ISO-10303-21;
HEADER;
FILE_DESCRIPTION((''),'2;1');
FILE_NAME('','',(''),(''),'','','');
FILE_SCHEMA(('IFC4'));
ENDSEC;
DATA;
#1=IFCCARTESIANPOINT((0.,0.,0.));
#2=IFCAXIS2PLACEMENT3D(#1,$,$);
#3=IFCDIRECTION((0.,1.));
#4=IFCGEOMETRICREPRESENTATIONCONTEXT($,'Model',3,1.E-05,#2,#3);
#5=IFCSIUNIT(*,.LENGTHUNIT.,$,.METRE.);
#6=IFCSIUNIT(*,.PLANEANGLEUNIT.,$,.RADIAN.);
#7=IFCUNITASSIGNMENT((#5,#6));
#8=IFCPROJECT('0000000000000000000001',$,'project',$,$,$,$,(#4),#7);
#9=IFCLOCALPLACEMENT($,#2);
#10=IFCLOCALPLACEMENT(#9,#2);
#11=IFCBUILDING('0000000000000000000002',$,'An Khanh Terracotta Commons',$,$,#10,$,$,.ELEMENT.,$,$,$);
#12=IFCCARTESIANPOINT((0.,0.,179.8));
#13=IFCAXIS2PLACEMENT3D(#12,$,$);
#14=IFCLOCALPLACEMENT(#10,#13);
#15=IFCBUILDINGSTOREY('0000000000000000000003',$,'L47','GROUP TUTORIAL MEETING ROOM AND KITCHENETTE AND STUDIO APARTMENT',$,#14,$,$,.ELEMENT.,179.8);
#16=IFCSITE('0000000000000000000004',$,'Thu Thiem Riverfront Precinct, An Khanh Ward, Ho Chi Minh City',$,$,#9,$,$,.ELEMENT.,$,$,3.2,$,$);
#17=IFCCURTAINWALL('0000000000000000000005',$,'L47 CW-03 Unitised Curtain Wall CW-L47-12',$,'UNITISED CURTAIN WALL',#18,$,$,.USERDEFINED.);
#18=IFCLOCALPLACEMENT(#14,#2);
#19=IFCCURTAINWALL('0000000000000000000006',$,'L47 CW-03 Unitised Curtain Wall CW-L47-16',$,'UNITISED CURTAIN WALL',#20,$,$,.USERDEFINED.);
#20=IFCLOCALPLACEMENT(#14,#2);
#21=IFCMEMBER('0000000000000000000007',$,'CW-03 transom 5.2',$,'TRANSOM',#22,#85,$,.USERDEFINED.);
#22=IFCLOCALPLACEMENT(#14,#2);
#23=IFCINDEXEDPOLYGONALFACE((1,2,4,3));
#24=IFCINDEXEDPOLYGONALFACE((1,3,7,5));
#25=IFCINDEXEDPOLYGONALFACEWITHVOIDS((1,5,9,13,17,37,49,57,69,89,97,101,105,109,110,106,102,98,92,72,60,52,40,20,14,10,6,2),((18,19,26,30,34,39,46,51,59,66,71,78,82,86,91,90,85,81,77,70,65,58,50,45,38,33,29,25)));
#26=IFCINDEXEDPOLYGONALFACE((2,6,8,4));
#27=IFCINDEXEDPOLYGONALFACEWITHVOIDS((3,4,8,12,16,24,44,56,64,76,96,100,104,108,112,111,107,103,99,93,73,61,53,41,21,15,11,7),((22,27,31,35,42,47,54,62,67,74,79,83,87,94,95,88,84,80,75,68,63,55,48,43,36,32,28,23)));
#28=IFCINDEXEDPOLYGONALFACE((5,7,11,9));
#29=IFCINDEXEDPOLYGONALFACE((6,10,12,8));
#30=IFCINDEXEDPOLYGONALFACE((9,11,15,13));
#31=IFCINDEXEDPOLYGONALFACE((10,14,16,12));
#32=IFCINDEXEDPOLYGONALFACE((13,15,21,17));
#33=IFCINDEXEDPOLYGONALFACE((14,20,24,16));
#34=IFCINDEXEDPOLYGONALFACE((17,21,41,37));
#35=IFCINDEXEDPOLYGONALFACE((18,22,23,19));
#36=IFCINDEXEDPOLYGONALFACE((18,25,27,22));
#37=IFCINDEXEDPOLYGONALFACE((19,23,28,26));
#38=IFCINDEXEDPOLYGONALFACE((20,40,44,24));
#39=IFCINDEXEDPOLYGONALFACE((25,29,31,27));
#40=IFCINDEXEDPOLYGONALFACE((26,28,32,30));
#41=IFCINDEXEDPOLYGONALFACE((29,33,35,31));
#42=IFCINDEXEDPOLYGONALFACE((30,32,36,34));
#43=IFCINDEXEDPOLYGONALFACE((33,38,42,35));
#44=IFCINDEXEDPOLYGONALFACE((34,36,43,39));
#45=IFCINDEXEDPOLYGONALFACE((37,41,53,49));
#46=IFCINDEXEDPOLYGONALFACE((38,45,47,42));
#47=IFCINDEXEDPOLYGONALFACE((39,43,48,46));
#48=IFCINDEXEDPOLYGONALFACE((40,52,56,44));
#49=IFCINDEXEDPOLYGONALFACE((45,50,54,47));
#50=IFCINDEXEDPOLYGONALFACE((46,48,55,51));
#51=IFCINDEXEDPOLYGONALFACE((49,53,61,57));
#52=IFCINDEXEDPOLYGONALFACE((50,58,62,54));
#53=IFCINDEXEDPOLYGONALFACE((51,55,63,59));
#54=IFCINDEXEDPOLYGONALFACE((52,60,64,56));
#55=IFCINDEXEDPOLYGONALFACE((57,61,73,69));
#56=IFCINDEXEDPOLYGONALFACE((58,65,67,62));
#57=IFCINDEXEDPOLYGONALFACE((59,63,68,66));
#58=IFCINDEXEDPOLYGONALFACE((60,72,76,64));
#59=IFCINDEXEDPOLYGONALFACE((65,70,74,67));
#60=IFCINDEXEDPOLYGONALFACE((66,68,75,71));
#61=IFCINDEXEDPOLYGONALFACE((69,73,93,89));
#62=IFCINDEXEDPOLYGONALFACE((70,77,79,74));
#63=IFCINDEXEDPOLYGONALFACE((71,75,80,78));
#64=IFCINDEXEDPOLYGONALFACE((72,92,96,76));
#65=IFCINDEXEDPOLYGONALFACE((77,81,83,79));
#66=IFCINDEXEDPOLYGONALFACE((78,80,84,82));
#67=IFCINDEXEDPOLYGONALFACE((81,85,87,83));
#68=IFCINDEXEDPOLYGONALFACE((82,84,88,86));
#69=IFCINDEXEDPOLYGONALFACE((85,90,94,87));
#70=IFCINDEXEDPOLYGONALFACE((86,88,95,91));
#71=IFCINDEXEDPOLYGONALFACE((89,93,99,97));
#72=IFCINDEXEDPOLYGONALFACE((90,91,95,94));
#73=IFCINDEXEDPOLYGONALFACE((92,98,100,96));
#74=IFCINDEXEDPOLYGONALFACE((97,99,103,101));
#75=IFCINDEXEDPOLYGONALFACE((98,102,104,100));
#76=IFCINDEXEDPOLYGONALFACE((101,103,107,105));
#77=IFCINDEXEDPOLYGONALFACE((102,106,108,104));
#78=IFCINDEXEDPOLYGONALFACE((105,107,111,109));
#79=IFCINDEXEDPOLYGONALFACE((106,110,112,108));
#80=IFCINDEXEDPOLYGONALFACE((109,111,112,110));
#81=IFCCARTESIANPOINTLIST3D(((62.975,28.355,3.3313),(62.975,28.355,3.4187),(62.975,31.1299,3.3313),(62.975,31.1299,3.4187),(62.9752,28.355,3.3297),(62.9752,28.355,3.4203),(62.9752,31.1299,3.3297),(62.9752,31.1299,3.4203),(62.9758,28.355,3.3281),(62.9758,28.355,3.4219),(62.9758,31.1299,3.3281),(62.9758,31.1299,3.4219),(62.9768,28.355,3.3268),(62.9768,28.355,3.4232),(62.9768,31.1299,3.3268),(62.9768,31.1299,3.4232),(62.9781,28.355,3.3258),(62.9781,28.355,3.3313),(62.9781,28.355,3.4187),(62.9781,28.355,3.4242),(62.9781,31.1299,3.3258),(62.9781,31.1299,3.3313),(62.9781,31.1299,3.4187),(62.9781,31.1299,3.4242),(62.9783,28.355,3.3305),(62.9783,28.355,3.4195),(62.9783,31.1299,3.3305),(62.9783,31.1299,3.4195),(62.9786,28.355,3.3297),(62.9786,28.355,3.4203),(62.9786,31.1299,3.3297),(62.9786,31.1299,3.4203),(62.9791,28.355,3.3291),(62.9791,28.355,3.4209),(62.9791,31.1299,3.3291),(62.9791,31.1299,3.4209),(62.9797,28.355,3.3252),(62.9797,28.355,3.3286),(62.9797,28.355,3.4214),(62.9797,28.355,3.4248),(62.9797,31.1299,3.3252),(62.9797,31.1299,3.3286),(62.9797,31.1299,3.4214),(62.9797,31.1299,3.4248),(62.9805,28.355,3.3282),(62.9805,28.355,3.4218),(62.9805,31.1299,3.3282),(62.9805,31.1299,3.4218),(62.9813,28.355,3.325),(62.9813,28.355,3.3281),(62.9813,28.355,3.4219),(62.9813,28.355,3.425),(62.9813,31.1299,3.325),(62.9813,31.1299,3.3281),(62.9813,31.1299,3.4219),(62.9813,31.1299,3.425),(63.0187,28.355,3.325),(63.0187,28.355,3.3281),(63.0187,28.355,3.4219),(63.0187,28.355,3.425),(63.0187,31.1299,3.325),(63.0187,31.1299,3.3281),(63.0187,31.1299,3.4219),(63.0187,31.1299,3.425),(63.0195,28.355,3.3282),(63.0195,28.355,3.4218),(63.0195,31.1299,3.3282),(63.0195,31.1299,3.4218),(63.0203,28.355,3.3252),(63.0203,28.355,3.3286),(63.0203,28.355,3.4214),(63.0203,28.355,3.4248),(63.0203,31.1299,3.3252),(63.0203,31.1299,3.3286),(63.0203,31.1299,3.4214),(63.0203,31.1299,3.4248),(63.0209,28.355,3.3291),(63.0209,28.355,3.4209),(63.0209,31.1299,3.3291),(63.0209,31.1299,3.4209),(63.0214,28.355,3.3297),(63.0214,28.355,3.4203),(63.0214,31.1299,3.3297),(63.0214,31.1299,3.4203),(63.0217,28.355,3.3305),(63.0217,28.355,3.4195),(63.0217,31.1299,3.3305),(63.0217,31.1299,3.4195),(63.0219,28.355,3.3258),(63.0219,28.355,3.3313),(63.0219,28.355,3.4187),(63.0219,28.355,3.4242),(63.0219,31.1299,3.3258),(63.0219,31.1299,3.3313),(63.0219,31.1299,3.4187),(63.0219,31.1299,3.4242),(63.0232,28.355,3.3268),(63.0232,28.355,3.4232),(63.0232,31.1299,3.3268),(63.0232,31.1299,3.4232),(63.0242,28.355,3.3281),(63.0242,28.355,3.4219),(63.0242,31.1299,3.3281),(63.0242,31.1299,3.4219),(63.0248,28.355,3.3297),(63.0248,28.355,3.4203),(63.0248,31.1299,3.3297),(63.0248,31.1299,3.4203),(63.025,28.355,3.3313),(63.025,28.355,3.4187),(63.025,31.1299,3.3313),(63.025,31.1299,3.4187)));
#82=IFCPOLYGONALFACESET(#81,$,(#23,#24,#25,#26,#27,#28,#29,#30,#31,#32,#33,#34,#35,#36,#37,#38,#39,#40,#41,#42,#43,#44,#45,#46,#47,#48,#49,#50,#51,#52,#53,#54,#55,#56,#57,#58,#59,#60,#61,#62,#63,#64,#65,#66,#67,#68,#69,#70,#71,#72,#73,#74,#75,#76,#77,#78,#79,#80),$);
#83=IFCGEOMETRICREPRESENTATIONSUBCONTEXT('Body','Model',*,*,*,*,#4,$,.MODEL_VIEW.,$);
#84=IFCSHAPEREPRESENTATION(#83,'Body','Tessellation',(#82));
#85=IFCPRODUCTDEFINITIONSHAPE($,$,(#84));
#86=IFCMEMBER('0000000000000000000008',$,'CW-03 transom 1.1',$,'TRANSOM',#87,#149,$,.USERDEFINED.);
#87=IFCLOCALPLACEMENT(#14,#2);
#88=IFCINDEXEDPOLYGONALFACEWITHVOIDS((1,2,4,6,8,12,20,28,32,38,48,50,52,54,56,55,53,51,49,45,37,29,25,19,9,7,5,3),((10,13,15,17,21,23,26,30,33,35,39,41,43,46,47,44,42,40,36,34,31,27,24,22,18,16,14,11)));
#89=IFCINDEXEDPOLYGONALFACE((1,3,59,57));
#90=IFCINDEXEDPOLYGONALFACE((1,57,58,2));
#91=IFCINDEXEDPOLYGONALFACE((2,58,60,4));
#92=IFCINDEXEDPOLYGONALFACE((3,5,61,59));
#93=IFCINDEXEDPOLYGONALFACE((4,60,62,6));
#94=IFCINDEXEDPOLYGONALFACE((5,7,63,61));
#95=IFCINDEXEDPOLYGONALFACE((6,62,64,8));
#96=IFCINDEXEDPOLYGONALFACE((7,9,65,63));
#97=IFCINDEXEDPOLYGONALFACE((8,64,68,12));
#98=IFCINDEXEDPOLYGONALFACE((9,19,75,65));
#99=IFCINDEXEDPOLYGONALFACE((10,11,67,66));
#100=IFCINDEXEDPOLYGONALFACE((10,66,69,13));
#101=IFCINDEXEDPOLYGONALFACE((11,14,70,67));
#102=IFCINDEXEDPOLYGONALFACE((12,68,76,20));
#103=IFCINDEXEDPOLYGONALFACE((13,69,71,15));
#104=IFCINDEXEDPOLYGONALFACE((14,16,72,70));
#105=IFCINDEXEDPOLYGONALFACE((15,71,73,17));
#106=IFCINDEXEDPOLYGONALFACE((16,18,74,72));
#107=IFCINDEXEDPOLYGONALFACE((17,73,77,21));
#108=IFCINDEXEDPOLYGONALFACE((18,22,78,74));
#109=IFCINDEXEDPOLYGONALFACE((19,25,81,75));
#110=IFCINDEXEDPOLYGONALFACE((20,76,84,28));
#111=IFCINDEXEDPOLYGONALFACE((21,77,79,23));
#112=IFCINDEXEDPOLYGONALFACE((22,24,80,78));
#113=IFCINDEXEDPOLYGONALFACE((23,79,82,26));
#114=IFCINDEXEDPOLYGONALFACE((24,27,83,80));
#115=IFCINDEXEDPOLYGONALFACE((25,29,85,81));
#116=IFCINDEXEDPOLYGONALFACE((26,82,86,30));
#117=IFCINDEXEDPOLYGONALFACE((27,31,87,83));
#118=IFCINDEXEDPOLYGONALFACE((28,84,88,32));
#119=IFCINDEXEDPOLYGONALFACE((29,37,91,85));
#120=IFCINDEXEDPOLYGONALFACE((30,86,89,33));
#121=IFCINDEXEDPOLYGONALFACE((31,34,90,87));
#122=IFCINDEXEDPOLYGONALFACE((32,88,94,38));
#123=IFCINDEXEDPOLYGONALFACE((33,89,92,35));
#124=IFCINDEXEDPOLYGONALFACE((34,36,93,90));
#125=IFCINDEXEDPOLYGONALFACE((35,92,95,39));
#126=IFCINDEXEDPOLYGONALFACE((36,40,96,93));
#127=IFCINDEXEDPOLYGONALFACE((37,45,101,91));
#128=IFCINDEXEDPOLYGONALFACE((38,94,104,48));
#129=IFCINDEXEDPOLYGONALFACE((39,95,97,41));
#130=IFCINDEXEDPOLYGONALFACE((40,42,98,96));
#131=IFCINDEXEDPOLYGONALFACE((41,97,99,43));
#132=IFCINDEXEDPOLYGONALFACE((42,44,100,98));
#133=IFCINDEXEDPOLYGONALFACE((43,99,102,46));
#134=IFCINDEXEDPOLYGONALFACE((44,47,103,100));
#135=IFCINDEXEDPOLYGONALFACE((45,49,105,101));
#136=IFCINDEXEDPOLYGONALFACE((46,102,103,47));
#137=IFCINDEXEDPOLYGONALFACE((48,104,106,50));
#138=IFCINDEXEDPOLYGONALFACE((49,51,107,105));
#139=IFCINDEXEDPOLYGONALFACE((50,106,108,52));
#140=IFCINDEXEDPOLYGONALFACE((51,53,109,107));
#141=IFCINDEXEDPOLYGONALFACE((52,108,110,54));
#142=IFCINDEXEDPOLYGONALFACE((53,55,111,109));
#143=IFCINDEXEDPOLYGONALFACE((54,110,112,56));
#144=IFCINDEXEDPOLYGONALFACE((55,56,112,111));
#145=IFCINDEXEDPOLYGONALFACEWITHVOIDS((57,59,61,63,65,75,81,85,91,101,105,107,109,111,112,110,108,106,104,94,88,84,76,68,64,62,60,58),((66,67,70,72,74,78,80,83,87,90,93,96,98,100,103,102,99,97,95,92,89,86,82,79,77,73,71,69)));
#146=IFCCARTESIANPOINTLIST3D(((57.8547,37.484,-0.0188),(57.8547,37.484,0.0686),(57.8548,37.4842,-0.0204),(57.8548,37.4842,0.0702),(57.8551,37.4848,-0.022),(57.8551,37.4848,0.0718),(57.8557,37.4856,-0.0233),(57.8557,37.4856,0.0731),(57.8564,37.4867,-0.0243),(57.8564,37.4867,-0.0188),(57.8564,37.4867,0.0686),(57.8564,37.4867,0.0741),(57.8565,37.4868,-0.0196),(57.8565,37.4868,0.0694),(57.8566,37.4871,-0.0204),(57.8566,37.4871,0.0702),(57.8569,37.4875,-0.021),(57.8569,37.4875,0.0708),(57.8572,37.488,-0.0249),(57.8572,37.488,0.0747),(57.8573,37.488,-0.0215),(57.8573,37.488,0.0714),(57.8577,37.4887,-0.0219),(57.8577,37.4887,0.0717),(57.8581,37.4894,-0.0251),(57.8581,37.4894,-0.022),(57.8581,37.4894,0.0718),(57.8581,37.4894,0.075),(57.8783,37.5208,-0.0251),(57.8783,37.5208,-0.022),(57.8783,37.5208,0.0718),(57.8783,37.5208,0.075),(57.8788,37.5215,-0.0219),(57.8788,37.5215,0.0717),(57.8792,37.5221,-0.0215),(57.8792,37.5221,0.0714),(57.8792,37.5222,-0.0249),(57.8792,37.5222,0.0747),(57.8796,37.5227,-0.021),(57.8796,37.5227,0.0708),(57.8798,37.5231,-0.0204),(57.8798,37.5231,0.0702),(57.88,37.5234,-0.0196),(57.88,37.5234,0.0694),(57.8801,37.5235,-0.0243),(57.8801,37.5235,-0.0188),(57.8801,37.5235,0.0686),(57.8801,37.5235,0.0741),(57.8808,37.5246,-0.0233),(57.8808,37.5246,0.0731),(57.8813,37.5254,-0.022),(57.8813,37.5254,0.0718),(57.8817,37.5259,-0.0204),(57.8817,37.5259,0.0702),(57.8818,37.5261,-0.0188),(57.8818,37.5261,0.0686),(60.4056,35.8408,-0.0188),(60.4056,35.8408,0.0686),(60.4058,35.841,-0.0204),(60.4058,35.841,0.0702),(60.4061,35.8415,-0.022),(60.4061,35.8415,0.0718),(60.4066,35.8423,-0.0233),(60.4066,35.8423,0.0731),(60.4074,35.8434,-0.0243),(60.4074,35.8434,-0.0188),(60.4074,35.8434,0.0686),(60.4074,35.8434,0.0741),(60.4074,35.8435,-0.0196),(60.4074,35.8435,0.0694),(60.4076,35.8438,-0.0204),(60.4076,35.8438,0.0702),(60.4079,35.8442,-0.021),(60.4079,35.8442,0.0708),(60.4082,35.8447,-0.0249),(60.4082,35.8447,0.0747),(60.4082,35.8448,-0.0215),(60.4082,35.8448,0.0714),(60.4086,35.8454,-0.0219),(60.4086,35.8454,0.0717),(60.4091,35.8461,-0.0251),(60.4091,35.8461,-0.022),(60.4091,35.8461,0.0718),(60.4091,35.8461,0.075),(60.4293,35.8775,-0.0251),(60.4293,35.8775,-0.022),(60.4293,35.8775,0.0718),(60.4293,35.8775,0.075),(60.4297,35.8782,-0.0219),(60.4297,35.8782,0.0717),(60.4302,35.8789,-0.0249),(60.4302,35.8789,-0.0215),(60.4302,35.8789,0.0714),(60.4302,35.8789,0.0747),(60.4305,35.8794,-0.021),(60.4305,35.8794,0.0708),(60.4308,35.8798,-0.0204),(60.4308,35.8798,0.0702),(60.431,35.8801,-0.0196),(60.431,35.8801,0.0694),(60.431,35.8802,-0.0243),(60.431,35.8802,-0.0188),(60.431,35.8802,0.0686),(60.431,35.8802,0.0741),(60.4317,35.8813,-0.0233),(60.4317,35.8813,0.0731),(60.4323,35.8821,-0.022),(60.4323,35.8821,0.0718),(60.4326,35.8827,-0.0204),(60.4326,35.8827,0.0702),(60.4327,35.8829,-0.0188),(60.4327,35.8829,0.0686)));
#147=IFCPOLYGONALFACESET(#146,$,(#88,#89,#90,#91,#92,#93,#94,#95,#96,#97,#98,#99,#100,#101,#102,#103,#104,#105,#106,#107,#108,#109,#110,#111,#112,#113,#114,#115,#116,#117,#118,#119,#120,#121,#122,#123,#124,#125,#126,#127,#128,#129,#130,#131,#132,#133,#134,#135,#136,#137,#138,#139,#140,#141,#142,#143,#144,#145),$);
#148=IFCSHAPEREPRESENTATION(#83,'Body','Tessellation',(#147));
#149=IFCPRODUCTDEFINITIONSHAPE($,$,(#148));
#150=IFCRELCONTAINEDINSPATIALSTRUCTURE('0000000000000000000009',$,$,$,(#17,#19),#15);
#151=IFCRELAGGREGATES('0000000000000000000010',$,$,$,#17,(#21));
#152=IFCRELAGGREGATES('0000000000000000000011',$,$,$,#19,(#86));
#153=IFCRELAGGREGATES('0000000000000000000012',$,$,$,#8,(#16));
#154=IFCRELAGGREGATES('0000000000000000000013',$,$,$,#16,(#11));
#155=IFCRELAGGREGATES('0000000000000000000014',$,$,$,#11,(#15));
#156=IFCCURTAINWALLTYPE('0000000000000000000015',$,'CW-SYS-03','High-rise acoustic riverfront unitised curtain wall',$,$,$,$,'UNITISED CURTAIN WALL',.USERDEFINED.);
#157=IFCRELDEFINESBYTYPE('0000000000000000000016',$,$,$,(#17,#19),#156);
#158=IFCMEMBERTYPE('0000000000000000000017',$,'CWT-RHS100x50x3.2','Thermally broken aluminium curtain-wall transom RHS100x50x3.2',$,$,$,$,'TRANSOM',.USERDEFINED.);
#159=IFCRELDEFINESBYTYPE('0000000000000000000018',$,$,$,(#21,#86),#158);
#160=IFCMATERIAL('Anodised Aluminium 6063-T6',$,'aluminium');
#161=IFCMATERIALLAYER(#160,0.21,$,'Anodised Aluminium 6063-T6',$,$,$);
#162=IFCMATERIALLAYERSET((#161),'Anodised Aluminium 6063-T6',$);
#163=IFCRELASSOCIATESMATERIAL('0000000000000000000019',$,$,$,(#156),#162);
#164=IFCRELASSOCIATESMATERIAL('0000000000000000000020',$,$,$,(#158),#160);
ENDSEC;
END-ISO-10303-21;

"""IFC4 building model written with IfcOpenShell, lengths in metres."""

from ifc_helpers import new_model, si_unit, direction, frame, origin, origin_2d, place, context, subcontext, project, spatial, hollow_rectangle, extrude, material, layer, layer_set, material_profile, profile_set, type_object, element, aggregate, save


model = new_model("IFC4")

# Units and contexts
model_context = context("Model", 3, precision=1e-05, world=origin(), true_north=direction((0.0, 1.0)))
body_context = subcontext(model_context, "Body", "Model", "MODEL_VIEW")
ifc_project = project(units=[si_unit("LENGTHUNIT", "METRE"), si_unit("PLANEANGLEUNIT", "RADIAN")], contexts=[model_context])

# Site, building, storey
site_placement = place(None, origin())
site = spatial("IfcSite", under=ifc_project, at=site_placement, Name="Thu Thiem Riverfront Precinct, An Khanh Ward, Ho Chi Minh City", CompositionType="ELEMENT", RefElevation=3.2)
building_placement = place(site_placement, origin())
building = spatial("IfcBuilding", under=site, at=building_placement, Name="An Khanh Terracotta Commons", CompositionType="ELEMENT")
storey_placement = place(building_placement, frame((0.0, 0.0, 179.8)))
storey = spatial("IfcBuildingStorey", under=building, at=storey_placement, Name="L47", Description="GROUP TUTORIAL MEETING ROOM AND KITCHENETTE AND STUDIO APARTMENT", CompositionType="ELEMENT", Elevation=179.8)

# Curtain walls
ifc_material_1 = material(Name="Anodised Aluminium 6063-T6", Category="aluminium")
ifc_layer_1 = layer(ifc_material_1, 0.21, Name="Anodised Aluminium 6063-T6")
ifc_layer_set_1 = layer_set([ifc_layer_1], Name="Anodised Aluminium 6063-T6")
curtain_wall_type = type_object("IfcCurtainWallType", Name="CW-SYS-03", Description="High-rise acoustic riverfront unitised curtain wall", ElementType="UNITISED CURTAIN WALL", PredefinedType="USERDEFINED", material=ifc_layer_set_1)
curtain_wall_1_placement = place(storey_placement, origin())
curtain_wall_1 = element("IfcCurtainWall", 1, at=curtain_wall_1_placement, inside=storey, type_object=curtain_wall_type, Name="L47 CW-03 Unitised Curtain Wall CW-L47-12", ObjectType="UNITISED CURTAIN WALL", PredefinedType="USERDEFINED")
curtain_wall_2_placement = place(storey_placement, origin())
curtain_wall_2 = element("IfcCurtainWall", 2, at=curtain_wall_2_placement, inside=storey, type_object=curtain_wall_type, Name="L47 CW-03 Unitised Curtain Wall CW-L47-16", ObjectType="UNITISED CURTAIN WALL", PredefinedType="USERDEFINED")

# Members
ifc_material_profile_1 = material_profile(ifc_material_1, hollow_rectangle(XDim=0.05, YDim=0.1001, WallThickness=0.0032, InnerFilletRadius=0.0032, OuterFilletRadius=0.0063, at=origin_2d()), Name="RHS100x50x3.2")
ifc_profile_set_1 = profile_set([ifc_material_profile_1], Name="Anodised Aluminium 6063-T6")
member_type_1 = type_object("IfcMemberType", Name="CWT-RHS100x50x3.2", Description="Thermally broken aluminium curtain-wall transom RHS100x50x3.2", ElementType="TRANSOM", PredefinedType="USERDEFINED", material=ifc_profile_set_1)
member_1_placement = place(storey_placement, frame((63.0, 28.355, 3.375), z_axis=(0.0, 1.0, 0.0), x_axis=(-1.0, 0.0, 0.0)))
member_1 = element("IfcMember", 3, at=member_1_placement, type_object=member_type_1, Name="CW-03 transom 5.2", ObjectType="TRANSOM", PredefinedType="USERDEFINED", context=body_context, shape_type="SweptSolid", body=[
    extrude(hollow_rectangle(XDim=0.05, YDim=0.1001, WallThickness=0.0032, InnerFilletRadius=0.0032, OuterFilletRadius=0.0063, at=origin_2d()), origin(), (0.0, 0.0, 1.0), 2.7749),
])
member_2_placement = place(storey_placement, frame((60.4192, 35.8618, 0.0249), z_axis=(-0.840674, 0.541542, 0.0), x_axis=(-0.541542, -0.840674, 0.0)))
member_2 = element("IfcMember", 4, at=member_2_placement, type_object=member_type_1, Name="CW-03 transom 1.1", ObjectType="TRANSOM", PredefinedType="USERDEFINED", context=body_context, shape_type="SweptSolid", body=[
    extrude(hollow_rectangle(XDim=0.05, YDim=0.1001, WallThickness=0.0032, InnerFilletRadius=0.0032, OuterFilletRadius=0.0063, at=origin_2d()), origin(), (0.0, 0.0, 1.0), 3.0344),
])

aggregate(curtain_wall_1, [member_1])
aggregate(curtain_wall_2, [member_2])

save(model, "model.ifc")
